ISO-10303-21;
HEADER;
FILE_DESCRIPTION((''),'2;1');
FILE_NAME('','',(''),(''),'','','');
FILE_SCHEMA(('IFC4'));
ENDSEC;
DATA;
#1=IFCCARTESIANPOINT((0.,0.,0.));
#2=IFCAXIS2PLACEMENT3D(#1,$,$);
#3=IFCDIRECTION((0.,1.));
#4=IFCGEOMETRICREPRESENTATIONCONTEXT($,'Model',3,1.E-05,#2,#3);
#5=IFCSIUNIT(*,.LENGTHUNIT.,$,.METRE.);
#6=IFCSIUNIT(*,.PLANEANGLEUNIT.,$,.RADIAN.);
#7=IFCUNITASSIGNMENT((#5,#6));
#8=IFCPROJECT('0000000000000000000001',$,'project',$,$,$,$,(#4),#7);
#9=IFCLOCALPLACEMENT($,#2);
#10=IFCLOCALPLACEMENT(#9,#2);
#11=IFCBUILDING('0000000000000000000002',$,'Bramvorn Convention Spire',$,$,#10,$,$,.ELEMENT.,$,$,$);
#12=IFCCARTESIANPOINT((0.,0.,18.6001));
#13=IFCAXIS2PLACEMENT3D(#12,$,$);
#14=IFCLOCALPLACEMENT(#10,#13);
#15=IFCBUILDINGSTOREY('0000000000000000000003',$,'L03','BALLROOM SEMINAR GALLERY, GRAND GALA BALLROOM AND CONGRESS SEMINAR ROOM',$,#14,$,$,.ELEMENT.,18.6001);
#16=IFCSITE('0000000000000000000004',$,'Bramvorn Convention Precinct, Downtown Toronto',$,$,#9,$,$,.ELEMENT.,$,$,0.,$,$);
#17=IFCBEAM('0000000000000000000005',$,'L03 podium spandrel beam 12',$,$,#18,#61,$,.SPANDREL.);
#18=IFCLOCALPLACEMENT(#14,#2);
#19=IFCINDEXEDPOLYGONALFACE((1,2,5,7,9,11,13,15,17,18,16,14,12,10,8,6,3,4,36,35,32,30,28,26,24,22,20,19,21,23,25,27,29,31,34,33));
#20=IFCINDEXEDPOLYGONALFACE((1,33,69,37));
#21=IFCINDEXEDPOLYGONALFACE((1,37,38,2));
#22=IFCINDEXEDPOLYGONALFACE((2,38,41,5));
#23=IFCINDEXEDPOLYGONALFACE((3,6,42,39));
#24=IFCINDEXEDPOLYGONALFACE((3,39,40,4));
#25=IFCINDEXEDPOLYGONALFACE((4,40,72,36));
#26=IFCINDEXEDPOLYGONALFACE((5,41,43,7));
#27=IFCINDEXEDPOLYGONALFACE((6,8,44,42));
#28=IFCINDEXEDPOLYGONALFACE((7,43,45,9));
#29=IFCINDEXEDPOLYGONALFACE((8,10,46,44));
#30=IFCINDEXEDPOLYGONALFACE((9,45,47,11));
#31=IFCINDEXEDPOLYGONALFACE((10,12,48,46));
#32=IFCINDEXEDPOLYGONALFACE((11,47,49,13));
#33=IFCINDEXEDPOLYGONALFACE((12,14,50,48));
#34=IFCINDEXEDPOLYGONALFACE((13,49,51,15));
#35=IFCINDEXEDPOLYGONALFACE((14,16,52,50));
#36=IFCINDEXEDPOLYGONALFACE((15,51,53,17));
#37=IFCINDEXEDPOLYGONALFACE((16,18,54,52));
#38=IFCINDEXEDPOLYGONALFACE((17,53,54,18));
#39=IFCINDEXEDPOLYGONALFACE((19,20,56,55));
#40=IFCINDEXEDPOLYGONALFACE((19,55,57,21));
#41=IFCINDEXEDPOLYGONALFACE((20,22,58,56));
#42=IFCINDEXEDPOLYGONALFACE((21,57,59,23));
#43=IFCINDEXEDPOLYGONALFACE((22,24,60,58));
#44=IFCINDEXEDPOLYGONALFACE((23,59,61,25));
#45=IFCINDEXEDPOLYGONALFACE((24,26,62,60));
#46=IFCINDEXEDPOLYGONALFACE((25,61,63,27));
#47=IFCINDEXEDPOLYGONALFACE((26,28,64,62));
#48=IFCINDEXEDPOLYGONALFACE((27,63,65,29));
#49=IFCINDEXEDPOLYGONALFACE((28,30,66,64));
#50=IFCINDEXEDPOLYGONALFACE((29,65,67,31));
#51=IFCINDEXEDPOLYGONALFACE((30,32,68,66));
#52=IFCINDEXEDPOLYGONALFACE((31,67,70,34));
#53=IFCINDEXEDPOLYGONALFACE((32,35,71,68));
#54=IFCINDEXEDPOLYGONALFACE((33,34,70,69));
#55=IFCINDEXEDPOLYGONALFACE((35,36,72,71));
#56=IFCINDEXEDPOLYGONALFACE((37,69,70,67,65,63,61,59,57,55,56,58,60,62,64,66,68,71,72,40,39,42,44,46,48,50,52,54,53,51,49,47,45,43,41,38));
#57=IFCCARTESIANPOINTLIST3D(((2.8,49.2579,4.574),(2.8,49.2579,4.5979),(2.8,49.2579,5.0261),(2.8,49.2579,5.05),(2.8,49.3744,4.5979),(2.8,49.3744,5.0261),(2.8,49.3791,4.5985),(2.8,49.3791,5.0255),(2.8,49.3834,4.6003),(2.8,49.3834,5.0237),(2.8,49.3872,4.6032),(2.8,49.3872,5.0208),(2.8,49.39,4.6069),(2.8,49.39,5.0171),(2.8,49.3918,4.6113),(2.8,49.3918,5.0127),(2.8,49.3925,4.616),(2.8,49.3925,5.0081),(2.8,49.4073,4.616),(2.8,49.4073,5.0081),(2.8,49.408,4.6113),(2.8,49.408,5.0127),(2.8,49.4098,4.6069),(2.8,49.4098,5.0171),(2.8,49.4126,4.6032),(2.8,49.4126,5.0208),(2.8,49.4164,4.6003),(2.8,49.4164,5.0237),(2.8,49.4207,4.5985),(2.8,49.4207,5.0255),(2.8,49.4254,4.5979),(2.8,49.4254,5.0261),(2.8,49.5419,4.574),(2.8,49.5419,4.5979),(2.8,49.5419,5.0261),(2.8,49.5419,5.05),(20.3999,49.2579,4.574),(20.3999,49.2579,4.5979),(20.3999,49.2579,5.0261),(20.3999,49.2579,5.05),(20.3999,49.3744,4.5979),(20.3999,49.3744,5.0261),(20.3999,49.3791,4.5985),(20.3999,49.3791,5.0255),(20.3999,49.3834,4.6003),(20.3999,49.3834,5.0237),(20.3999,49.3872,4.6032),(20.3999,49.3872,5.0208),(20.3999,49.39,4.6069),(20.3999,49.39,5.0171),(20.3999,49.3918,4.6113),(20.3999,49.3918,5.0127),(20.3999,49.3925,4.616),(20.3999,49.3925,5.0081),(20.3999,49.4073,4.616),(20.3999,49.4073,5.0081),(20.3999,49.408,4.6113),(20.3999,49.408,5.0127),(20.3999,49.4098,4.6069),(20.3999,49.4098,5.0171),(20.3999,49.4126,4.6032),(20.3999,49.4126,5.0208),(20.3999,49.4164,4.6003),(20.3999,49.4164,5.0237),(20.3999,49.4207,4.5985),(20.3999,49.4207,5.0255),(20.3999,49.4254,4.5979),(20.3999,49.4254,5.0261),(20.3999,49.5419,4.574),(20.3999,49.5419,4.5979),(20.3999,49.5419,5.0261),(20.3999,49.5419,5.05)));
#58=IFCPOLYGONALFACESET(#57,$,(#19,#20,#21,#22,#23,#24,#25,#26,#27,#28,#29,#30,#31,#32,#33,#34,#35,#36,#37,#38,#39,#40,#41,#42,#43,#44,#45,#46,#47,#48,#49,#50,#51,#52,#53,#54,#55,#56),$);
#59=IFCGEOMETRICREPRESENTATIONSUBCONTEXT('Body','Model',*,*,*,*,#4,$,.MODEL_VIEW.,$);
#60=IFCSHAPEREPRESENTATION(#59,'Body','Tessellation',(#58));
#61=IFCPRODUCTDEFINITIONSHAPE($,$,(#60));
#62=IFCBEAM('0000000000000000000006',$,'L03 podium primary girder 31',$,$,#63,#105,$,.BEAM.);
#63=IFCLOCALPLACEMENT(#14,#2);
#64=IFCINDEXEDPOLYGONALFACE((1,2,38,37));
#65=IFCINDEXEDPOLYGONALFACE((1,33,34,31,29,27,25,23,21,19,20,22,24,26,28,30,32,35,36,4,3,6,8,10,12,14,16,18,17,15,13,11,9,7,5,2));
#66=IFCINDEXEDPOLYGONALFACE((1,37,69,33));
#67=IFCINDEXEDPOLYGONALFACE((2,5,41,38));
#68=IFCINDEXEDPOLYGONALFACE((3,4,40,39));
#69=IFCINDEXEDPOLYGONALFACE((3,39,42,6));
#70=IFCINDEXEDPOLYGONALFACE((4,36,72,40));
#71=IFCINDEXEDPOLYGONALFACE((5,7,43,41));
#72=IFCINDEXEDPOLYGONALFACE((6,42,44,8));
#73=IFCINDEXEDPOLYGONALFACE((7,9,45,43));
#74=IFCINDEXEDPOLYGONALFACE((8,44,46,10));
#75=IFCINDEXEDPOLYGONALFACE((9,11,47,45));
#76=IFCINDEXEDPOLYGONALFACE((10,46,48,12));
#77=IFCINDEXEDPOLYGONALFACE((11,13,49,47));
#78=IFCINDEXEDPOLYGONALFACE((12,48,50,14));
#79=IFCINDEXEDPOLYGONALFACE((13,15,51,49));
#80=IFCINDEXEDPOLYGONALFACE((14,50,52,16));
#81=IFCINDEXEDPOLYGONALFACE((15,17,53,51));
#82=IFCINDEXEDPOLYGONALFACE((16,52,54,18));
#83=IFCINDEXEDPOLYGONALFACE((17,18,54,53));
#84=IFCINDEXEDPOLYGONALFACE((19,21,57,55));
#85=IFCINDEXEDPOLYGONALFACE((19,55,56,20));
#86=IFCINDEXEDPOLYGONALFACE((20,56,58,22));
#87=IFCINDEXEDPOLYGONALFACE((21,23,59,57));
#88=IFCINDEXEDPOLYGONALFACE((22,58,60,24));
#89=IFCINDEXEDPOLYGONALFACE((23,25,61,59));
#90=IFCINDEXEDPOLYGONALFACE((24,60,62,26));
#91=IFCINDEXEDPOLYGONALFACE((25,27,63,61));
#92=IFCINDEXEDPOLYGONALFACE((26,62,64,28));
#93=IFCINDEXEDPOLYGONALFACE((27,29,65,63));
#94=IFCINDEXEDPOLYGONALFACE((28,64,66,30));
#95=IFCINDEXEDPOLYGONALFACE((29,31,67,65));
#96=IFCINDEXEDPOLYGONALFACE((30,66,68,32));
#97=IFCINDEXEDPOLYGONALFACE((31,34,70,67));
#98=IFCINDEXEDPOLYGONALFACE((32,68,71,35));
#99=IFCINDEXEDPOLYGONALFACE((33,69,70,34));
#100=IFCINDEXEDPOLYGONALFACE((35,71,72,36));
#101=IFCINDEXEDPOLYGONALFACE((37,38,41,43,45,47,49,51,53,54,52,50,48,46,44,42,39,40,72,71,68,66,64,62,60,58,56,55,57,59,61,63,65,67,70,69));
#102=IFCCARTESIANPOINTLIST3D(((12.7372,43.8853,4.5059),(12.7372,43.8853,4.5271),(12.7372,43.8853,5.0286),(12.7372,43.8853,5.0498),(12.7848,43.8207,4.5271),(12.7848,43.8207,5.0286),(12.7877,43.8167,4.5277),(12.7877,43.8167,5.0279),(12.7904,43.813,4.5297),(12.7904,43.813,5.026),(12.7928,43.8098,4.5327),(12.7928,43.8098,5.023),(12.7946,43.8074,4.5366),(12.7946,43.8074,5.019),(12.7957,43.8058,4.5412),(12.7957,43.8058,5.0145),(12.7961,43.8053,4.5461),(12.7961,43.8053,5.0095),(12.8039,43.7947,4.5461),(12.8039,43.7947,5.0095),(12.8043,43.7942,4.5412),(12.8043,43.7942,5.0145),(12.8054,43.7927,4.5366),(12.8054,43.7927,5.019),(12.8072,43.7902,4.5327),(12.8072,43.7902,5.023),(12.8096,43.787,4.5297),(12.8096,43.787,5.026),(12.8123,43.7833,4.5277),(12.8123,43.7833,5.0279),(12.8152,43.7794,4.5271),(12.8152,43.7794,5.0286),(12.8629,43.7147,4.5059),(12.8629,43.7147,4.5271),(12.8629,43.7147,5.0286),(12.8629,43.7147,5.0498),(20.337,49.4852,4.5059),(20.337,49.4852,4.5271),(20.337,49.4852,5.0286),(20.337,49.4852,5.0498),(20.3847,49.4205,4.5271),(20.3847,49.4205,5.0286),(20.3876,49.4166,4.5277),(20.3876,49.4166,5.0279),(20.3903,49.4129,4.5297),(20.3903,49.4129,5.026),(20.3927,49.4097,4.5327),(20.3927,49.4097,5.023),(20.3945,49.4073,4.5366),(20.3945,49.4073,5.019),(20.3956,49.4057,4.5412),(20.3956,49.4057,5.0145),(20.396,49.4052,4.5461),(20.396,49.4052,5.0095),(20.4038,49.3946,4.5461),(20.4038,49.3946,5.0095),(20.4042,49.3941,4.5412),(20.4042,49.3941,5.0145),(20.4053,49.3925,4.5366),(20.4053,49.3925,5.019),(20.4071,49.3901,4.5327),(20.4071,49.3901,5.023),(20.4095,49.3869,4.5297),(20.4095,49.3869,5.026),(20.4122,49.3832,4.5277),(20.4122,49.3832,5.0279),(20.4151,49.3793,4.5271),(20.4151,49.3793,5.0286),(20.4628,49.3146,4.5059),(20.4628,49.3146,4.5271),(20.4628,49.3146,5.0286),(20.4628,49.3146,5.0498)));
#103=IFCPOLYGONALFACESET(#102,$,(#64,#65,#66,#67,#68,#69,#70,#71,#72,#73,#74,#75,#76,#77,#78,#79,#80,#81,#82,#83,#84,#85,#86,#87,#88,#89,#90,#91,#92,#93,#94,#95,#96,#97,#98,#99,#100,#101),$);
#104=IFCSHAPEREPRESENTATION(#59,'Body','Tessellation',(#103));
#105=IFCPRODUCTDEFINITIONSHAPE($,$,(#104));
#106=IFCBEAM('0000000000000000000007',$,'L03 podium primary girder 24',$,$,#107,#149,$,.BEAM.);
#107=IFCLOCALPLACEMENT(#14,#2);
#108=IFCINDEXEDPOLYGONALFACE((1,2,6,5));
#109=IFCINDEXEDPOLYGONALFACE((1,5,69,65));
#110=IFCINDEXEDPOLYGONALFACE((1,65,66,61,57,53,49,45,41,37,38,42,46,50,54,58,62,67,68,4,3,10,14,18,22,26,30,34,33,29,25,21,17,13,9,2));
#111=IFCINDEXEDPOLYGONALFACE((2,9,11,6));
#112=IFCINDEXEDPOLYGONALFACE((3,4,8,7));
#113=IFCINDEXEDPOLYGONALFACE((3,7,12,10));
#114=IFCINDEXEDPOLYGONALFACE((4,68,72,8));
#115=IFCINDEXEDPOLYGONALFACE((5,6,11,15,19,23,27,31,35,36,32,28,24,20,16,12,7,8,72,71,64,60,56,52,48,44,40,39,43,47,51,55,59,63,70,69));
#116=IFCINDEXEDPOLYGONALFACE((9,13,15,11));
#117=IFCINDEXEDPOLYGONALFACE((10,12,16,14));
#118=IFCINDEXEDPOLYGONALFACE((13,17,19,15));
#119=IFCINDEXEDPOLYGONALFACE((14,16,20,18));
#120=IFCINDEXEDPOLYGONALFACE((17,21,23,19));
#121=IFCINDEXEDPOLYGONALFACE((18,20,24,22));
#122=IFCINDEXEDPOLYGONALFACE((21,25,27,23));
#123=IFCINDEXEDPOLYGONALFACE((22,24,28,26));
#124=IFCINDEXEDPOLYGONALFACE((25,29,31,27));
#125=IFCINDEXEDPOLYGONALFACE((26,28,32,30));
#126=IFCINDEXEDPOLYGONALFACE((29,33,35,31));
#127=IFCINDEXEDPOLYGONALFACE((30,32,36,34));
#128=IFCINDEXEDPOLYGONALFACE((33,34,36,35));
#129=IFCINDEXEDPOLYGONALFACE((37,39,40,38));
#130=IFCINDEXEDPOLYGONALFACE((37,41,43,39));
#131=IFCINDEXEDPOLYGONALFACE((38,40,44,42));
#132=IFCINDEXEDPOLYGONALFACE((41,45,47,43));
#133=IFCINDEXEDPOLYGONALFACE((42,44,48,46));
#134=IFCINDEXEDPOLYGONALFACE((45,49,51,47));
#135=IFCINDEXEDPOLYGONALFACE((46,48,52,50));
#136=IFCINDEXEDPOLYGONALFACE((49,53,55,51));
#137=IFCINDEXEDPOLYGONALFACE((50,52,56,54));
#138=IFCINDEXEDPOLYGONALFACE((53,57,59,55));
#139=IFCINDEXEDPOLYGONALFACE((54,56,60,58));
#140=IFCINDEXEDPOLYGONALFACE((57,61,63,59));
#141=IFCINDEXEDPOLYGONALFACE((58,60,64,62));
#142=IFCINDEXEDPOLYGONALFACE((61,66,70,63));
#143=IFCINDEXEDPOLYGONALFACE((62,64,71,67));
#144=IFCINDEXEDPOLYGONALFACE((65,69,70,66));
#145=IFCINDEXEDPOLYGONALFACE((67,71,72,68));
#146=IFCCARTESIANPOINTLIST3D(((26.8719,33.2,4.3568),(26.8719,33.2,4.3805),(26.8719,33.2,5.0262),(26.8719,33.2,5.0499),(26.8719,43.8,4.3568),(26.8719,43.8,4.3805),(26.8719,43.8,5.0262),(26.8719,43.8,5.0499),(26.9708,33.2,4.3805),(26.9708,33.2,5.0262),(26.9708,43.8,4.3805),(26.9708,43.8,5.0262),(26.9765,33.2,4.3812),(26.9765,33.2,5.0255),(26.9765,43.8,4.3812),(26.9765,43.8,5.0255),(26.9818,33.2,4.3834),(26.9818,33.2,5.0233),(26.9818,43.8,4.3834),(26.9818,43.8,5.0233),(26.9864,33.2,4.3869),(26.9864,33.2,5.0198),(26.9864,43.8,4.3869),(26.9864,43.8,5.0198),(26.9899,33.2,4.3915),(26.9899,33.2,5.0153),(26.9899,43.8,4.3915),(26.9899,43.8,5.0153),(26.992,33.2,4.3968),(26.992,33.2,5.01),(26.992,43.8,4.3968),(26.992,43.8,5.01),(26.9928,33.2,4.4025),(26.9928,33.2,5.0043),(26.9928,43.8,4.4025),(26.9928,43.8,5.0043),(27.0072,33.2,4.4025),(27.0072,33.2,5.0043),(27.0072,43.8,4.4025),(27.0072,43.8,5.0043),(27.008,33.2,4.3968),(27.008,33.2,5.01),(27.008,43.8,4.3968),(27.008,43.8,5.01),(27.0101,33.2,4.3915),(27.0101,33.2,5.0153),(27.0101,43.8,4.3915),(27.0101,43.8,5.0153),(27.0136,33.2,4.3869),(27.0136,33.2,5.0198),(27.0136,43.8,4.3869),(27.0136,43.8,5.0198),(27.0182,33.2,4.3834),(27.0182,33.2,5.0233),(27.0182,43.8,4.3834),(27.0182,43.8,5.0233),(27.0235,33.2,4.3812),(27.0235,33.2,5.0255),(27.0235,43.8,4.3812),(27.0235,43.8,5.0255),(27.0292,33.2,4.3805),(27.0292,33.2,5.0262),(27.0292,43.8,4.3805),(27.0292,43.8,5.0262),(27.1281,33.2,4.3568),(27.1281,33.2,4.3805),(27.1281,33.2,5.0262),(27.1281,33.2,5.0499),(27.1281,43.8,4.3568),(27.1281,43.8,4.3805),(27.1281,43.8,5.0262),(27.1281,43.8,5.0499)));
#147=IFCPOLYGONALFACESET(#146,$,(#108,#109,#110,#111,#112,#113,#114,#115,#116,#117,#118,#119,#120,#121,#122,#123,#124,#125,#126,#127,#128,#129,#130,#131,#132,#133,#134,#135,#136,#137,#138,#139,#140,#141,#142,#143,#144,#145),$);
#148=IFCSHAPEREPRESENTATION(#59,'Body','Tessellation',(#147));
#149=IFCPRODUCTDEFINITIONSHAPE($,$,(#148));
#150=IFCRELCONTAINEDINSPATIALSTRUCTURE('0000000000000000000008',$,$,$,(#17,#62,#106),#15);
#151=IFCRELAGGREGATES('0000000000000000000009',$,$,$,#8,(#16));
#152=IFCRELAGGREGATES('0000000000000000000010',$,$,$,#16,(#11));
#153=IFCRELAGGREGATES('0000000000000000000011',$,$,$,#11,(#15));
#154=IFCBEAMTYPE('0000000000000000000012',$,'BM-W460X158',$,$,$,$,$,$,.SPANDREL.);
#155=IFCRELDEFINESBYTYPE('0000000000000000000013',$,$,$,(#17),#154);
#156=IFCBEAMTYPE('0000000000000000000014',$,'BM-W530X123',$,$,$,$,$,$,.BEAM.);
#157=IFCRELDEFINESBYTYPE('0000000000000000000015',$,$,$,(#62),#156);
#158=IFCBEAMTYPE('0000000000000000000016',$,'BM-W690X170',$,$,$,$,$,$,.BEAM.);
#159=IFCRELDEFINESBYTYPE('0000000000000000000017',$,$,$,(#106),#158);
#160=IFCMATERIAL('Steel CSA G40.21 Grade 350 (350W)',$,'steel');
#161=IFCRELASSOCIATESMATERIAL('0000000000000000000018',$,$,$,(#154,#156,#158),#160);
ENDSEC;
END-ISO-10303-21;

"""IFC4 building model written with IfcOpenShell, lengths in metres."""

from ifc_helpers import new_model, si_unit, direction, frame, origin, origin_2d, place, context, subcontext, project, spatial, i_section, extrude, material, material_profile, profile_set, type_object, element, save


model = new_model("IFC4")

# Units and contexts
model_context = context("Model", 3, precision=1e-05, world=origin(), true_north=direction((0.0, 1.0)))
body_context = subcontext(model_context, "Body", "Model", "MODEL_VIEW")
ifc_project = project(units=[si_unit("LENGTHUNIT", "METRE"), si_unit("PLANEANGLEUNIT", "RADIAN")], contexts=[model_context])

# Site, building, storey
site_placement = place(None, origin())
site = spatial("IfcSite", under=ifc_project, at=site_placement, Name="Bramvorn Convention Precinct, Downtown Toronto", CompositionType="ELEMENT", RefElevation=0.0)
building_placement = place(site_placement, origin())
building = spatial("IfcBuilding", under=site, at=building_placement, Name="Bramvorn Convention Spire", CompositionType="ELEMENT")
storey_placement = place(building_placement, frame((0.0, 0.0, 18.6001)))
storey = spatial("IfcBuildingStorey", under=building, at=storey_placement, Name="L03", Description="BALLROOM SEMINAR GALLERY, GRAND GALA BALLROOM AND CONGRESS SEMINAR ROOM", CompositionType="ELEMENT", Elevation=18.6001)

# Shared definitions
ifc_material_1 = material(Name="Steel CSA G40.21 Grade 350 (350W)", Category="steel")

# Beams
ifc_material_profile_1 = material_profile(ifc_material_1, i_section(OverallWidth=0.2839, OverallDepth=0.4761, WebThickness=0.0149, FlangeThickness=0.0239, FilletRadius=0.0181, at=origin_2d()))
ifc_profile_set_1 = profile_set([ifc_material_profile_1], Name="Steel CSA G40.21 Grade 350 (350W) - W460X158")
beam_type_1 = type_object("IfcBeamType", Name="BM-W460X158", PredefinedType="SPANDREL", material=ifc_profile_set_1)
beam_1_placement = place(storey_placement, frame((20.3999, 49.3999, 4.812), z_axis=(-1.0, 0.0, 0.0), x_axis=(0.0, -1.0, 0.0)))
element("IfcBeam", 1, at=beam_1_placement, inside=storey, type_object=beam_type_1, Name="L03 podium spandrel beam 12", PredefinedType="SPANDREL", context=body_context, shape_type="SweptSolid", body=[
    extrude(i_section(OverallWidth=0.2839, OverallDepth=0.4761, WebThickness=0.0149, FlangeThickness=0.0239, FilletRadius=0.0181, at=origin_2d()), origin(), (0.0, 0.0, 1.0), 17.5999),
])
ifc_material_profile_2 = material_profile(ifc_material_1, i_section(OverallWidth=0.2119, OverallDepth=0.5439, WebThickness=0.0132, FlangeThickness=0.0212, FilletRadius=0.019, at=origin_2d()))
ifc_profile_set_2 = profile_set([ifc_material_profile_2], Name="Steel CSA G40.21 Grade 350 (350W) - W530X123")
beam_type_2 = type_object("IfcBeamType", Name="BM-W530X123", PredefinedType="BEAM", material=ifc_profile_set_2)
beam_2_placement = place(storey_placement, frame((20.3999, 49.3999, 4.7778), z_axis=(-0.805058, -0.593196, 0.0), x_axis=(0.593196, -0.805058, 0.0)))
element("IfcBeam", 2, at=beam_2_placement, inside=storey, type_object=beam_type_2, Name="L03 podium primary girder 31", PredefinedType="BEAM", context=body_context, shape_type="SweptSolid", body=[
    extrude(i_section(OverallWidth=0.2119, OverallDepth=0.5439, WebThickness=0.0132, FlangeThickness=0.0212, FilletRadius=0.019, at=origin_2d()), origin(), (0.0, 0.0, 1.0), 9.4402),
])
ifc_material_profile_3 = material_profile(ifc_material_1, i_section(OverallWidth=0.2561, OverallDepth=0.6931, WebThickness=0.0144, FlangeThickness=0.0237, FilletRadius=0.022, at=origin_2d()))
ifc_profile_set_3 = profile_set([ifc_material_profile_3], Name="Steel CSA G40.21 Grade 350 (350W) - W690X170")
beam_type_3 = type_object("IfcBeamType", Name="BM-W690X170", PredefinedType="BEAM", material=ifc_profile_set_3)
beam_3_placement = place(storey_placement, frame((27.0, 33.2, 4.7034), z_axis=(0.0, 1.0, 0.0), x_axis=(-1.0, 0.0, 0.0)))
element("IfcBeam", 3, at=beam_3_placement, inside=storey, type_object=beam_type_3, Name="L03 podium primary girder 24", PredefinedType="BEAM", context=body_context, shape_type="SweptSolid", body=[
    extrude(i_section(OverallWidth=0.2561, OverallDepth=0.6931, WebThickness=0.0144, FlangeThickness=0.0237, FilletRadius=0.022, at=origin_2d()), origin(), (0.0, 0.0, 1.0), 10.6001),
])

save(model, "model.ifc")
